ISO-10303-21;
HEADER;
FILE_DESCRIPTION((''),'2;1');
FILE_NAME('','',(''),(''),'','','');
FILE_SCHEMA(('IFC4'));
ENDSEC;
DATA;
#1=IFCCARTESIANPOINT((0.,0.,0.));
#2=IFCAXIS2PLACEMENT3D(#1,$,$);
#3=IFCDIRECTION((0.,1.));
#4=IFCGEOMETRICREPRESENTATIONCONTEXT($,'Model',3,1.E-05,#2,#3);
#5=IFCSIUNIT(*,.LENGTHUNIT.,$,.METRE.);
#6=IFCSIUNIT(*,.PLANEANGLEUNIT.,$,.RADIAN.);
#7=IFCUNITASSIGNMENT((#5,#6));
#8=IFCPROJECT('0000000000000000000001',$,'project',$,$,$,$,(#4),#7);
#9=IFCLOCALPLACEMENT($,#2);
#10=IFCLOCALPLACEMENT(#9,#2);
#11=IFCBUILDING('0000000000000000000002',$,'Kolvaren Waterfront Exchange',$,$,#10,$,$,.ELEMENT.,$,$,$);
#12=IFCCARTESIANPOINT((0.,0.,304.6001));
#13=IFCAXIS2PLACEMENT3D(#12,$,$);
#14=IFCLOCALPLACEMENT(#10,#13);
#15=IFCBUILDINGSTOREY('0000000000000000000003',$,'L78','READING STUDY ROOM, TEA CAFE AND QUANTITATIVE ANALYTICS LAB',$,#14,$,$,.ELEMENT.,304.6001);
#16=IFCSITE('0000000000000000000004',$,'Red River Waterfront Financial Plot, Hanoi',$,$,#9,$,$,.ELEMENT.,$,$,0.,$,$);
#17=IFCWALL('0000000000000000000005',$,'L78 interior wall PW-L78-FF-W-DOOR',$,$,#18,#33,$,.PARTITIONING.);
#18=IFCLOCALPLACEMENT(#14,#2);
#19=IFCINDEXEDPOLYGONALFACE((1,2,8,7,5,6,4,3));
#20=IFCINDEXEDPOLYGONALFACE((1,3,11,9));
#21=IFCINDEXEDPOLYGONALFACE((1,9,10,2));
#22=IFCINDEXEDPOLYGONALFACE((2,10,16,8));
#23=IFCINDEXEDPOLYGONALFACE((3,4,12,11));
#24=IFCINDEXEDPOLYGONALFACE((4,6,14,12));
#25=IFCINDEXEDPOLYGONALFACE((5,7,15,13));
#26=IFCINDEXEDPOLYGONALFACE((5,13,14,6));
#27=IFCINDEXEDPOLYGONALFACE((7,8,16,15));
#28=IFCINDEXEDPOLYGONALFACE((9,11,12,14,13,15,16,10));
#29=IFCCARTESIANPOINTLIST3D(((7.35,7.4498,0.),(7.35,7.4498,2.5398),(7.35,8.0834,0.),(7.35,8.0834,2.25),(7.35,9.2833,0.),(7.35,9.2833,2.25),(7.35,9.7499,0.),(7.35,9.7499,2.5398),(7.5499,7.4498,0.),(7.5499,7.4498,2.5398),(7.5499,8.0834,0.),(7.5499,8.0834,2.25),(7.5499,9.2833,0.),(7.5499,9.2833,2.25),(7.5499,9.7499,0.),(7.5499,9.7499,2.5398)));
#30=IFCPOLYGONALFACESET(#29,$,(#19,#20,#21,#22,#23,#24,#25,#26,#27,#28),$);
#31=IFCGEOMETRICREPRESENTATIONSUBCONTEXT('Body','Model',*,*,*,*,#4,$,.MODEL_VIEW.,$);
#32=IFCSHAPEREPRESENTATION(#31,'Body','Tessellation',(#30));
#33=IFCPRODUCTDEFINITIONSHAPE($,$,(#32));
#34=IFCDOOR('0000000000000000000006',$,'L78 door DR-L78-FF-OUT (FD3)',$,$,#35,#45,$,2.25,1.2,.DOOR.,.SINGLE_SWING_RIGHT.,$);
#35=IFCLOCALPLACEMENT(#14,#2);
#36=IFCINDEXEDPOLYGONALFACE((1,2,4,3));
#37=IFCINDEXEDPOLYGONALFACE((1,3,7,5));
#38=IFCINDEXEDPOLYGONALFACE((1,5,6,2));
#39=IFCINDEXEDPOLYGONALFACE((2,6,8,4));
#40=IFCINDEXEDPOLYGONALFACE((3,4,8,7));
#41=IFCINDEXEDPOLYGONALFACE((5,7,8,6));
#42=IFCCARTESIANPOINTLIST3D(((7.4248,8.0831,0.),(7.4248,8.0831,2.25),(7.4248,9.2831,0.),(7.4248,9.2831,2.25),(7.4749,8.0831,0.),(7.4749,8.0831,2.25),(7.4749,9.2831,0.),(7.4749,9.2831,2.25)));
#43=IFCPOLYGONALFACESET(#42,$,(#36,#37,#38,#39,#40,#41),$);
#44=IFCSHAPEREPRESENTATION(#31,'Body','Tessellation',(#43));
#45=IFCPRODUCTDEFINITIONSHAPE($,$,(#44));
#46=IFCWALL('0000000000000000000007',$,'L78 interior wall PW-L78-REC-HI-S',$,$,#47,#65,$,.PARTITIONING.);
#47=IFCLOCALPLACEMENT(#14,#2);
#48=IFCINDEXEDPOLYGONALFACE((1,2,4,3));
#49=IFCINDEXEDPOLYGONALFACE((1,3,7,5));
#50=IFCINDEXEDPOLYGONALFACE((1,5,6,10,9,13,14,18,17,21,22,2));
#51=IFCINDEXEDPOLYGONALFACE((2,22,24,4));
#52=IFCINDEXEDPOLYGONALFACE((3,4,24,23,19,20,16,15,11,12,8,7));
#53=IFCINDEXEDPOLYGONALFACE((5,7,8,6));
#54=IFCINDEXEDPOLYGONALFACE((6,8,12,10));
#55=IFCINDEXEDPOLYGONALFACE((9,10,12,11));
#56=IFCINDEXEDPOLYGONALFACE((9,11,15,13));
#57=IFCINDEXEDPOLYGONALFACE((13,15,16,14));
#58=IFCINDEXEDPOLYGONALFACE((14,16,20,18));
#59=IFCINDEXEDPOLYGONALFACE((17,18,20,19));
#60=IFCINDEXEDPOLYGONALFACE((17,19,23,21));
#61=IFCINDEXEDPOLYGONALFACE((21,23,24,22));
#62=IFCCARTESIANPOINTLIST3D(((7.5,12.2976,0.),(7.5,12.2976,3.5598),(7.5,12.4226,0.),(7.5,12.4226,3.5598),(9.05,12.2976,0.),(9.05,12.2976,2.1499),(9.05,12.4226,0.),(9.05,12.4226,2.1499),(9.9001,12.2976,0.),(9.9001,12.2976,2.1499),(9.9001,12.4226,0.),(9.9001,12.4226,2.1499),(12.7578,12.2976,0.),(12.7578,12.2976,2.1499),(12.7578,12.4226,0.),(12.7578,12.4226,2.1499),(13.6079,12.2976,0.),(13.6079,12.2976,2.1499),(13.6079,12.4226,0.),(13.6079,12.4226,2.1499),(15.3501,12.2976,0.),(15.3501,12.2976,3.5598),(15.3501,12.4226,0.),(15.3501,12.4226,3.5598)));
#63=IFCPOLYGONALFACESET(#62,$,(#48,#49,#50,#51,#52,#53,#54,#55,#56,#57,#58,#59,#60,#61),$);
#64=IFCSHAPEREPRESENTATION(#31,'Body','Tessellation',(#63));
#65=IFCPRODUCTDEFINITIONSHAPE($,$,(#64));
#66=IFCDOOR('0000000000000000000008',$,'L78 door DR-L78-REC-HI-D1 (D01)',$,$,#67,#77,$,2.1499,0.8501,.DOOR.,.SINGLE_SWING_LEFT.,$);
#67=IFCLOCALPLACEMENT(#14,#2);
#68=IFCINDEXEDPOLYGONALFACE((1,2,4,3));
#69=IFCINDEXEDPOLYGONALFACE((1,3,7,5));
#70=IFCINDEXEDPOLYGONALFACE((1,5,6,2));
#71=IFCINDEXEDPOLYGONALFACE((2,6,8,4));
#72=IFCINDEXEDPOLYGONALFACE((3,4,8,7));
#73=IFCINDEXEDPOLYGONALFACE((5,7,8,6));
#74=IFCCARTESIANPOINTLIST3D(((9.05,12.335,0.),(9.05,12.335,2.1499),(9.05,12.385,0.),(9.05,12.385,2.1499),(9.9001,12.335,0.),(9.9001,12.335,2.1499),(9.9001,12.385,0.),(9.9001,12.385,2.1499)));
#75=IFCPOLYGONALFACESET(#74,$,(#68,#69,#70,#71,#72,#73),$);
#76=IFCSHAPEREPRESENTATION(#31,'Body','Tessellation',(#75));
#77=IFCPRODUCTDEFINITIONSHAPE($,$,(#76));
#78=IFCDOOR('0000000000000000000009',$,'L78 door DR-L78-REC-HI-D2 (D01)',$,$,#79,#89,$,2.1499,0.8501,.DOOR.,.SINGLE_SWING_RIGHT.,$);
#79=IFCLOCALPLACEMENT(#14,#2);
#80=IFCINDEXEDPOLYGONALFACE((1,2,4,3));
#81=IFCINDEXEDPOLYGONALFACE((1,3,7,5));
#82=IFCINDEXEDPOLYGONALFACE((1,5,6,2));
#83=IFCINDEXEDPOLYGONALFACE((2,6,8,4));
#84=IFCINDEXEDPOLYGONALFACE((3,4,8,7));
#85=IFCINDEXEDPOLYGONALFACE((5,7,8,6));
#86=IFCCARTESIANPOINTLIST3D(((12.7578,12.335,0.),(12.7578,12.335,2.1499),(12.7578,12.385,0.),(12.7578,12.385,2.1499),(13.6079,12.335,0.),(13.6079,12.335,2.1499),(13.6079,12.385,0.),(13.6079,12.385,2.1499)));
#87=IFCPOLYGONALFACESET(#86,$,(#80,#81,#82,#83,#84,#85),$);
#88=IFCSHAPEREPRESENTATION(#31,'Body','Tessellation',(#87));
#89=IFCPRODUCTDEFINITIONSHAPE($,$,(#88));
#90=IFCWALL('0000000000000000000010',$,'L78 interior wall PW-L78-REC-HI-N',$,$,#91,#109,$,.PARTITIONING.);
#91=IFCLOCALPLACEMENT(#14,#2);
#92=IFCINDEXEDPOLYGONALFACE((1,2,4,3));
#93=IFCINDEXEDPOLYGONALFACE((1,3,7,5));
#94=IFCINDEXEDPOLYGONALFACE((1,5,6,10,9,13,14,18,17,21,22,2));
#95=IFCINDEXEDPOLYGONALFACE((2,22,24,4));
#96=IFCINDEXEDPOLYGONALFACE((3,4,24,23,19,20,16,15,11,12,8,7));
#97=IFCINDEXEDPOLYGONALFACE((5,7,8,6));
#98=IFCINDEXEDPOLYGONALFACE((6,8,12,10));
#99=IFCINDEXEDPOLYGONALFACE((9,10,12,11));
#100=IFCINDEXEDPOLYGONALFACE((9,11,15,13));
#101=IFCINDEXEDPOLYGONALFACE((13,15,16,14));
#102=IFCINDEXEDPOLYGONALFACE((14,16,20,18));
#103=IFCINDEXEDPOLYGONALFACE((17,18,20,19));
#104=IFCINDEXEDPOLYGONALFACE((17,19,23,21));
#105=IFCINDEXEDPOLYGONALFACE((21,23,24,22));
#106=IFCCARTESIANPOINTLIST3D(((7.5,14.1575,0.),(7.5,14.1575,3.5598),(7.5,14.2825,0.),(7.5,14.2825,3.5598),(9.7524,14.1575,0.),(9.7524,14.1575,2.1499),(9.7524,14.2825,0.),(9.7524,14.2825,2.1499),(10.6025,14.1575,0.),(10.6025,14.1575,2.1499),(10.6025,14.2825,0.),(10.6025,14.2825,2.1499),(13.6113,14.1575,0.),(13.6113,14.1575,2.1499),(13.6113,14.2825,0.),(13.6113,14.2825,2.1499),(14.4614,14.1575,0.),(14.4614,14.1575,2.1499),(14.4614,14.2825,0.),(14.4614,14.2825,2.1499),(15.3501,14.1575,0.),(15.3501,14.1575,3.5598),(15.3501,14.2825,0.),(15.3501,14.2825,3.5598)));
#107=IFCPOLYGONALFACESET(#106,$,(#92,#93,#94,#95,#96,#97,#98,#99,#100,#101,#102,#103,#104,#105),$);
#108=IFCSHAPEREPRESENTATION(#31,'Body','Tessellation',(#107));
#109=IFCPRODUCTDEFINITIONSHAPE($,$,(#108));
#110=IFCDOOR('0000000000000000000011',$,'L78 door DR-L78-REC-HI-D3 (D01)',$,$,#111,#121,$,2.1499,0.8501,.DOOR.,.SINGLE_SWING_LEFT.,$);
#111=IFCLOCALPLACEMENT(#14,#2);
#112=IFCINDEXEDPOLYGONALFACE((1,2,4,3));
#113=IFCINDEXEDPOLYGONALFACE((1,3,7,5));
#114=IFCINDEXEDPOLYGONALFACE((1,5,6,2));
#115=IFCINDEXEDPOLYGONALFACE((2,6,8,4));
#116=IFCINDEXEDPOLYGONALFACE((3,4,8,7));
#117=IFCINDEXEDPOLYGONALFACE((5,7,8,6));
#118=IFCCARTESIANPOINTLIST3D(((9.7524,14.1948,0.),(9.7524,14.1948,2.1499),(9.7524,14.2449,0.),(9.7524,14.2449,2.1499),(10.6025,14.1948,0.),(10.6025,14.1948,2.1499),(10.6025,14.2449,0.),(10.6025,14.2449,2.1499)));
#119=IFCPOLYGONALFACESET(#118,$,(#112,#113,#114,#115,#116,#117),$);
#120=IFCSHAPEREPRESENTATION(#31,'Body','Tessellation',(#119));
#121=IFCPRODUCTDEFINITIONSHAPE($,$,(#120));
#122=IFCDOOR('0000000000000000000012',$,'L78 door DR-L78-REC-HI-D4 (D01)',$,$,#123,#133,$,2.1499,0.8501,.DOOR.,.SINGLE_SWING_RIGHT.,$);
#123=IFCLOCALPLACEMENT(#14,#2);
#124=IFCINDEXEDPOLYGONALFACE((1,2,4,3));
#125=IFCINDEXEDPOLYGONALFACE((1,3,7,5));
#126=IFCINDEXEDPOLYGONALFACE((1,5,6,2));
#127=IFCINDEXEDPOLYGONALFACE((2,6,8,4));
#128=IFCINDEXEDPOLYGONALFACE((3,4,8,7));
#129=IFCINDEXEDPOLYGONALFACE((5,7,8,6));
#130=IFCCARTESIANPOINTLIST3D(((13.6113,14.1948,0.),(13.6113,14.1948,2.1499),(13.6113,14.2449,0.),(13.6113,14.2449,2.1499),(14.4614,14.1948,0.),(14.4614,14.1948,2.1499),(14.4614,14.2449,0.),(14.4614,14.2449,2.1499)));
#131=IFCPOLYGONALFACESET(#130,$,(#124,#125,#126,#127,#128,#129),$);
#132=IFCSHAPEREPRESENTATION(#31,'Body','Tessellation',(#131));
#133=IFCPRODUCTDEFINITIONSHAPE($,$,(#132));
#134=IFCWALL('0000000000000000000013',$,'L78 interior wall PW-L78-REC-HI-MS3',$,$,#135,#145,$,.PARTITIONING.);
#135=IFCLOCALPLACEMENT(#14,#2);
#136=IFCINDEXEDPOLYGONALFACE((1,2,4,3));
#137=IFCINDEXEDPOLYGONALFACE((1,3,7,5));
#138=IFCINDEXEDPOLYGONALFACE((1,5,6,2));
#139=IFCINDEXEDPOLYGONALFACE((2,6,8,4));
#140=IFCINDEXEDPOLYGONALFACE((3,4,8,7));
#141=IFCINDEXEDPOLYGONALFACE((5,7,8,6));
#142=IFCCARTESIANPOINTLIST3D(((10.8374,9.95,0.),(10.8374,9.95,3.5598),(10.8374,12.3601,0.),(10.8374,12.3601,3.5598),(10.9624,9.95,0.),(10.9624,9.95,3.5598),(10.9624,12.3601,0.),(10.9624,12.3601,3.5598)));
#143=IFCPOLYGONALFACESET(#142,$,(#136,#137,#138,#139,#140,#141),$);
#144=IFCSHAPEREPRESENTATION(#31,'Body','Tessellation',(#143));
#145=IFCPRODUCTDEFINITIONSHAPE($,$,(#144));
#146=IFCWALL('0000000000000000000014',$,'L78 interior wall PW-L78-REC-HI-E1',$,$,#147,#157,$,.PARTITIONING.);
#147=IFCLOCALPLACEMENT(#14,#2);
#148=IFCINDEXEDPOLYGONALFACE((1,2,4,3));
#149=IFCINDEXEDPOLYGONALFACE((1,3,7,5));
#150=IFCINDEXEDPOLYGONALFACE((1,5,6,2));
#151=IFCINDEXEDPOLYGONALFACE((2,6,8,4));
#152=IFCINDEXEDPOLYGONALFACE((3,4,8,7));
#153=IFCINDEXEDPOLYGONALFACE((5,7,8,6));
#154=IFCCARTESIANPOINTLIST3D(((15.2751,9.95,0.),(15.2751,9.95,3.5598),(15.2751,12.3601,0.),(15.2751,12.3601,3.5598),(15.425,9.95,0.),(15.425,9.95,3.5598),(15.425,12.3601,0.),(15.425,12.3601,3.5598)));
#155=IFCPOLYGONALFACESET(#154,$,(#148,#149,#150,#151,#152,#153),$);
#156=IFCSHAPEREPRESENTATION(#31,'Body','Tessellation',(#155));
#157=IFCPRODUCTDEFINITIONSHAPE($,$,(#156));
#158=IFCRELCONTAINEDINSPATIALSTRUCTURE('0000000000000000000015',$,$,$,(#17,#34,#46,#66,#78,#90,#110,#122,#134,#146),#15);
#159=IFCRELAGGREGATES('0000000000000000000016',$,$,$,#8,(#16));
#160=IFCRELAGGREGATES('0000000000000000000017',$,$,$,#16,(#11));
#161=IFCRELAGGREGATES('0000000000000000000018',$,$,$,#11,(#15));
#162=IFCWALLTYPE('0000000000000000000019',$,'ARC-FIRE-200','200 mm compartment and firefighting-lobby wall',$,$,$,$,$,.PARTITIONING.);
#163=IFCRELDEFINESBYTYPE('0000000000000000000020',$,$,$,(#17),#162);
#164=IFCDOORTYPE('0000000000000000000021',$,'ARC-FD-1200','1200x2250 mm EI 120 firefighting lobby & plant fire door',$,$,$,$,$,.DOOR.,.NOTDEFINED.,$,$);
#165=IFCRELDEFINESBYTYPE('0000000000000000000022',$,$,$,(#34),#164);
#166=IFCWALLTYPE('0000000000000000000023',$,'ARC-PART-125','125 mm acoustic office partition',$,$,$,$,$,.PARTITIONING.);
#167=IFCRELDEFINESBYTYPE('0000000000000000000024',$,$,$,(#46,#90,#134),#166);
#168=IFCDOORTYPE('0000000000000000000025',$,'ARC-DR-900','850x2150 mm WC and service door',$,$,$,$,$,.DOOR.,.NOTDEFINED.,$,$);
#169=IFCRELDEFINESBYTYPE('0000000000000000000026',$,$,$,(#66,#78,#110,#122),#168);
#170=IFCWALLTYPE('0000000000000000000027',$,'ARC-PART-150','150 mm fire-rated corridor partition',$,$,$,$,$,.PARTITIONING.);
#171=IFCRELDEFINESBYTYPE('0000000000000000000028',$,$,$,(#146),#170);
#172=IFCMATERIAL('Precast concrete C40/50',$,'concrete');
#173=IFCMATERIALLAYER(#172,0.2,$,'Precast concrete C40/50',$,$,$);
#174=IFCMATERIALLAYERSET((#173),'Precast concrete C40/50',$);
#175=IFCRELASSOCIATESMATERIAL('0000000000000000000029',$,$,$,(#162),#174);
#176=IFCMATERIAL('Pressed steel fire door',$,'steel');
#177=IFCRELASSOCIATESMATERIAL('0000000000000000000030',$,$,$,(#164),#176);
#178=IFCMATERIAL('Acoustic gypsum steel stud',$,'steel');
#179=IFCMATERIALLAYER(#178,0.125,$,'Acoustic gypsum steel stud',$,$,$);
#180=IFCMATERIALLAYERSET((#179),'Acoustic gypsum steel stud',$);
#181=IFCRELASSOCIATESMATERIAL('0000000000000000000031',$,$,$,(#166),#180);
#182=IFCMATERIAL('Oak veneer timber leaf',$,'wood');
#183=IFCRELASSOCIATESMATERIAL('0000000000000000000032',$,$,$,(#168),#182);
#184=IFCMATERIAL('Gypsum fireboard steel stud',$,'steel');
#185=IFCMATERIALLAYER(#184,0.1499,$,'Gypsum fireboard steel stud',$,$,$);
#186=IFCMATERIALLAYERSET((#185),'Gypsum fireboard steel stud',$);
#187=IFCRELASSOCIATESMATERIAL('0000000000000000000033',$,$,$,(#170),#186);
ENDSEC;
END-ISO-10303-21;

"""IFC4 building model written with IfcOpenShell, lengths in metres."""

from ifc_helpers import new_model, si_unit, direction, frame, frame_2d, origin, place, context, subcontext, project, spatial, rectangle, extrude, material, layer, layer_set, type_object, element, fill, save


model = new_model("IFC4")

# Units and contexts
model_context = context("Model", 3, precision=1e-05, world=origin(), true_north=direction((0.0, 1.0)))
body_context = subcontext(model_context, "Body", "Model", "MODEL_VIEW")
ifc_project = project(units=[si_unit("LENGTHUNIT", "METRE"), si_unit("PLANEANGLEUNIT", "RADIAN")], contexts=[model_context])

# Site, building, storey
site_placement = place(None, origin())
site = spatial("IfcSite", under=ifc_project, at=site_placement, Name="Red River Waterfront Financial Plot, Hanoi", CompositionType="ELEMENT", RefElevation=0.0)
building_placement = place(site_placement, origin())
building = spatial("IfcBuilding", under=site, at=building_placement, Name="Kolvaren Waterfront Exchange", CompositionType="ELEMENT")
storey_placement = place(building_placement, frame((0.0, 0.0, 304.6001)))
storey = spatial("IfcBuildingStorey", under=building, at=storey_placement, Name="L78", Description="READING STUDY ROOM, TEA CAFE AND QUANTITATIVE ANALYTICS LAB", CompositionType="ELEMENT", Elevation=304.6001)

# Shared definitions
ifc_material_1 = material(Name="Precast concrete C40/50", Category="concrete")
ifc_layer_1 = layer(ifc_material_1, 0.2, Name="Precast concrete C40/50")
ifc_layer_set_1 = layer_set([ifc_layer_1], Name="Precast concrete C40/50")
wall_type_1 = type_object("IfcWallType", Name="ARC-FIRE-200", Description="200 mm compartment and firefighting-lobby wall", PredefinedType="PARTITIONING", material=ifc_layer_set_1)

# Wall, opening, door
wall_1_placement = place(storey_placement, frame((7.45, 7.45, 0.0), z_axis=(0.0, 0.0, 1.0), x_axis=(0.0, 1.0, 0.0)))
wall_1 = element("IfcWall", 1, at=wall_1_placement, inside=storey, type_object=wall_type_1, Name="L78 interior wall PW-L78-FF-W-DOOR", PredefinedType="PARTITIONING", context=body_context, shape_type="SweptSolid", body=[
    extrude(rectangle(XDim=2.3, YDim=0.2, at=frame_2d((1.1499, 0.0))), origin(), (0.0, 0.0, 1.0), 2.5398),
])
opening_1_placement = place(wall_1_placement, frame((0.6333, 0.0, 0.0)))
opening_1 = element("IfcOpeningElement", 2, at=opening_1_placement, cuts=wall_1, PredefinedType="OPENING", context=body_context, shape_type="SweptSolid", body=[
    extrude(rectangle(XDim=1.2, YDim=2.25, at=frame_2d((0.6001, 1.125))), frame((0.0, 0.1099, 0.0), z_axis=(0.0, -1.0, 0.0), x_axis=(1.0, 0.0, 0.0)), (0.0, 0.0, 1.0), 0.22),
])
ifc_material_2 = material(Name="Pressed steel fire door", Category="steel")
door_type_1 = type_object("IfcDoorType", Name="ARC-FD-1200", Description="1200x2250 mm EI 120 firefighting lobby & plant fire door", OperationType="NOTDEFINED", PredefinedType="DOOR", material=ifc_material_2)
door_1_placement = place(opening_1_placement, frame((1.2, 0.0, 0.0), z_axis=(0.0, 0.0, 1.0), x_axis=(-1.0, 0.0, 0.0)))
door_1 = element("IfcDoor", 3, at=door_1_placement, inside=storey, type_object=door_type_1, Name="L78 door DR-L78-FF-OUT (FD3)", OperationType="SINGLE_SWING_RIGHT", OverallHeight=2.25, OverallWidth=1.2, PredefinedType="DOOR", context=body_context, shape_type="SweptSolid", body=[
    extrude(rectangle(XDim=1.2, YDim=2.25, at=frame_2d((0.6001, 1.125))), frame((0.0, 0.0249, 0.0), z_axis=(0.0, -1.0, 0.0), x_axis=(1.0, 0.0, 0.0)), (0.0, 0.0, 1.0), 0.05),
])
fill(opening_1, door_1)

# Walls, openings, doors
ifc_material_3 = material(Name="Acoustic gypsum steel stud", Category="steel")
ifc_layer_2 = layer(ifc_material_3, 0.125, Name="Acoustic gypsum steel stud")
ifc_layer_set_2 = layer_set([ifc_layer_2], Name="Acoustic gypsum steel stud")
wall_type_2 = type_object("IfcWallType", Name="ARC-PART-125", Description="125 mm acoustic office partition", PredefinedType="PARTITIONING", material=ifc_layer_set_2)
wall_2_placement = place(storey_placement, frame((7.5, 12.3601, 0.0), z_axis=(0.0, 0.0, 1.0), x_axis=(1.0, 0.0, 0.0)))
wall_2 = element("IfcWall", 4, at=wall_2_placement, inside=storey, type_object=wall_type_2, Name="L78 interior wall PW-L78-REC-HI-S", PredefinedType="PARTITIONING", context=body_context, shape_type="SweptSolid", body=[
    extrude(rectangle(XDim=7.8501, YDim=0.125, at=frame_2d((3.925, 0.0))), origin(), (0.0, 0.0, 1.0), 3.5598),
])
opening_2_placement = place(wall_2_placement, frame((1.55, 0.0, 0.0)))
opening_2 = element("IfcOpeningElement", 5, at=opening_2_placement, cuts=wall_2, PredefinedType="OPENING", context=body_context, shape_type="SweptSolid", body=[
    extrude(rectangle(XDim=0.8501, YDim=2.1499, at=frame_2d((0.425, 1.075))), frame((0.0, 0.0725, 0.0), z_axis=(0.0, -1.0, 0.0), x_axis=(1.0, 0.0, 0.0)), (0.0, 0.0, 1.0), 0.145),
])
opening_3_placement = place(wall_2_placement, frame((5.2578, 0.0, 0.0)))
opening_3 = element("IfcOpeningElement", 6, at=opening_3_placement, cuts=wall_2, PredefinedType="OPENING", context=body_context, shape_type="SweptSolid", body=[
    extrude(rectangle(XDim=0.8501, YDim=2.1499, at=frame_2d((0.425, 1.075))), frame((0.0, 0.0725, 0.0), z_axis=(0.0, -1.0, 0.0), x_axis=(1.0, 0.0, 0.0)), (0.0, 0.0, 1.0), 0.145),
])
ifc_material_4 = material(Name="Oak veneer timber leaf", Category="wood")
door_type_2 = type_object("IfcDoorType", Name="ARC-DR-900", Description="850x2150 mm WC and service door", OperationType="NOTDEFINED", PredefinedType="DOOR", material=ifc_material_4)
door_2_placement = place(opening_2_placement, origin())
door_2 = element("IfcDoor", 7, at=door_2_placement, inside=storey, type_object=door_type_2, Name="L78 door DR-L78-REC-HI-D1 (D01)", OperationType="SINGLE_SWING_LEFT", OverallHeight=2.1499, OverallWidth=0.8501, PredefinedType="DOOR", context=body_context, shape_type="SweptSolid", body=[
    extrude(rectangle(XDim=0.8501, YDim=2.1499, at=frame_2d((0.425, 1.075))), frame((0.0, 0.0249, 0.0), z_axis=(0.0, -1.0, 0.0), x_axis=(1.0, 0.0, 0.0)), (0.0, 0.0, 1.0), 0.05),
])
fill(opening_2, door_2)
door_3_placement = place(opening_3_placement, origin())
door_3 = element("IfcDoor", 8, at=door_3_placement, inside=storey, type_object=door_type_2, Name="L78 door DR-L78-REC-HI-D2 (D01)", OperationType="SINGLE_SWING_RIGHT", OverallHeight=2.1499, OverallWidth=0.8501, PredefinedType="DOOR", context=body_context, shape_type="SweptSolid", body=[
    extrude(rectangle(XDim=0.8501, YDim=2.1499, at=frame_2d((0.425, 1.075))), frame((0.0, 0.0249, 0.0), z_axis=(0.0, -1.0, 0.0), x_axis=(1.0, 0.0, 0.0)), (0.0, 0.0, 1.0), 0.05),
])
fill(opening_3, door_3)
wall_3_placement = place(storey_placement, frame((7.5, 14.22, 0.0), z_axis=(0.0, 0.0, 1.0), x_axis=(1.0, 0.0, 0.0)))
wall_3 = element("IfcWall", 9, at=wall_3_placement, inside=storey, type_object=wall_type_2, Name="L78 interior wall PW-L78-REC-HI-N", PredefinedType="PARTITIONING", context=body_context, shape_type="SweptSolid", body=[
    extrude(rectangle(XDim=7.8501, YDim=0.125, at=frame_2d((3.925, 0.0))), origin(), (0.0, 0.0, 1.0), 3.5598),
])
opening_4_placement = place(wall_3_placement, frame((2.2524, 0.0, 0.0)))
opening_4 = element("IfcOpeningElement", 10, at=opening_4_placement, cuts=wall_3, PredefinedType="OPENING", context=body_context, shape_type="SweptSolid", body=[
    extrude(rectangle(XDim=0.8501, YDim=2.1499, at=frame_2d((0.425, 1.075))), frame((0.0, 0.0725, 0.0), z_axis=(0.0, -1.0, 0.0), x_axis=(1.0, 0.0, 0.0)), (0.0, 0.0, 1.0), 0.145),
])
opening_5_placement = place(wall_3_placement, frame((6.1113, 0.0, 0.0)))
opening_5 = element("IfcOpeningElement", 11, at=opening_5_placement, cuts=wall_3, PredefinedType="OPENING", context=body_context, shape_type="SweptSolid", body=[
    extrude(rectangle(XDim=0.8501, YDim=2.1499, at=frame_2d((0.425, 1.075))), frame((0.0, 0.0725, 0.0), z_axis=(0.0, -1.0, 0.0), x_axis=(1.0, 0.0, 0.0)), (0.0, 0.0, 1.0), 0.145),
])
door_4_placement = place(opening_4_placement, origin())
door_4 = element("IfcDoor", 12, at=door_4_placement, inside=storey, type_object=door_type_2, Name="L78 door DR-L78-REC-HI-D3 (D01)", OperationType="SINGLE_SWING_LEFT", OverallHeight=2.1499, OverallWidth=0.8501, PredefinedType="DOOR", context=body_context, shape_type="SweptSolid", body=[
    extrude(rectangle(XDim=0.8501, YDim=2.1499, at=frame_2d((0.425, 1.075))), frame((0.0, 0.0249, 0.0), z_axis=(0.0, -1.0, 0.0), x_axis=(1.0, 0.0, 0.0)), (0.0, 0.0, 1.0), 0.05),
])
fill(opening_4, door_4)
door_5_placement = place(opening_5_placement, origin())
door_5 = element("IfcDoor", 13, at=door_5_placement, inside=storey, type_object=door_type_2, Name="L78 door DR-L78-REC-HI-D4 (D01)", OperationType="SINGLE_SWING_RIGHT", OverallHeight=2.1499, OverallWidth=0.8501, PredefinedType="DOOR", context=body_context, shape_type="SweptSolid", body=[
    extrude(rectangle(XDim=0.8501, YDim=2.1499, at=frame_2d((0.425, 1.075))), frame((0.0, 0.0249, 0.0), z_axis=(0.0, -1.0, 0.0), x_axis=(1.0, 0.0, 0.0)), (0.0, 0.0, 1.0), 0.05),
])
fill(opening_5, door_5)

# Walls
wall_4_placement = place(storey_placement, frame((10.8999, 9.95, 0.0), z_axis=(0.0, 0.0, 1.0), x_axis=(0.0, 1.0, 0.0)))
element("IfcWall", 14, at=wall_4_placement, inside=storey, type_object=wall_type_2, Name="L78 interior wall PW-L78-REC-HI-MS3", PredefinedType="PARTITIONING", context=body_context, shape_type="SweptSolid", body=[
    extrude(rectangle(XDim=2.4102, YDim=0.125, at=frame_2d((1.2051, 0.0))), origin(), (0.0, 0.0, 1.0), 3.5598),
])
ifc_material_5 = material(Name="Gypsum fireboard steel stud", Category="steel")
ifc_layer_3 = layer(ifc_material_5, 0.1499, Name="Gypsum fireboard steel stud")
ifc_layer_set_3 = layer_set([ifc_layer_3], Name="Gypsum fireboard steel stud")
wall_type_3 = type_object("IfcWallType", Name="ARC-PART-150", Description="150 mm fire-rated corridor partition", PredefinedType="PARTITIONING", material=ifc_layer_set_3)
wall_5_placement = place(storey_placement, frame((15.3501, 9.95, 0.0), z_axis=(0.0, 0.0, 1.0), x_axis=(0.0, 1.0, 0.0)))
element("IfcWall", 15, at=wall_5_placement, inside=storey, type_object=wall_type_3, Name="L78 interior wall PW-L78-REC-HI-E1", PredefinedType="PARTITIONING", context=body_context, shape_type="SweptSolid", body=[
    extrude(rectangle(XDim=2.4102, YDim=0.1499, at=frame_2d((1.2051, 0.0))), origin(), (0.0, 0.0, 1.0), 3.5598),
])

save(model, "model.ifc")
